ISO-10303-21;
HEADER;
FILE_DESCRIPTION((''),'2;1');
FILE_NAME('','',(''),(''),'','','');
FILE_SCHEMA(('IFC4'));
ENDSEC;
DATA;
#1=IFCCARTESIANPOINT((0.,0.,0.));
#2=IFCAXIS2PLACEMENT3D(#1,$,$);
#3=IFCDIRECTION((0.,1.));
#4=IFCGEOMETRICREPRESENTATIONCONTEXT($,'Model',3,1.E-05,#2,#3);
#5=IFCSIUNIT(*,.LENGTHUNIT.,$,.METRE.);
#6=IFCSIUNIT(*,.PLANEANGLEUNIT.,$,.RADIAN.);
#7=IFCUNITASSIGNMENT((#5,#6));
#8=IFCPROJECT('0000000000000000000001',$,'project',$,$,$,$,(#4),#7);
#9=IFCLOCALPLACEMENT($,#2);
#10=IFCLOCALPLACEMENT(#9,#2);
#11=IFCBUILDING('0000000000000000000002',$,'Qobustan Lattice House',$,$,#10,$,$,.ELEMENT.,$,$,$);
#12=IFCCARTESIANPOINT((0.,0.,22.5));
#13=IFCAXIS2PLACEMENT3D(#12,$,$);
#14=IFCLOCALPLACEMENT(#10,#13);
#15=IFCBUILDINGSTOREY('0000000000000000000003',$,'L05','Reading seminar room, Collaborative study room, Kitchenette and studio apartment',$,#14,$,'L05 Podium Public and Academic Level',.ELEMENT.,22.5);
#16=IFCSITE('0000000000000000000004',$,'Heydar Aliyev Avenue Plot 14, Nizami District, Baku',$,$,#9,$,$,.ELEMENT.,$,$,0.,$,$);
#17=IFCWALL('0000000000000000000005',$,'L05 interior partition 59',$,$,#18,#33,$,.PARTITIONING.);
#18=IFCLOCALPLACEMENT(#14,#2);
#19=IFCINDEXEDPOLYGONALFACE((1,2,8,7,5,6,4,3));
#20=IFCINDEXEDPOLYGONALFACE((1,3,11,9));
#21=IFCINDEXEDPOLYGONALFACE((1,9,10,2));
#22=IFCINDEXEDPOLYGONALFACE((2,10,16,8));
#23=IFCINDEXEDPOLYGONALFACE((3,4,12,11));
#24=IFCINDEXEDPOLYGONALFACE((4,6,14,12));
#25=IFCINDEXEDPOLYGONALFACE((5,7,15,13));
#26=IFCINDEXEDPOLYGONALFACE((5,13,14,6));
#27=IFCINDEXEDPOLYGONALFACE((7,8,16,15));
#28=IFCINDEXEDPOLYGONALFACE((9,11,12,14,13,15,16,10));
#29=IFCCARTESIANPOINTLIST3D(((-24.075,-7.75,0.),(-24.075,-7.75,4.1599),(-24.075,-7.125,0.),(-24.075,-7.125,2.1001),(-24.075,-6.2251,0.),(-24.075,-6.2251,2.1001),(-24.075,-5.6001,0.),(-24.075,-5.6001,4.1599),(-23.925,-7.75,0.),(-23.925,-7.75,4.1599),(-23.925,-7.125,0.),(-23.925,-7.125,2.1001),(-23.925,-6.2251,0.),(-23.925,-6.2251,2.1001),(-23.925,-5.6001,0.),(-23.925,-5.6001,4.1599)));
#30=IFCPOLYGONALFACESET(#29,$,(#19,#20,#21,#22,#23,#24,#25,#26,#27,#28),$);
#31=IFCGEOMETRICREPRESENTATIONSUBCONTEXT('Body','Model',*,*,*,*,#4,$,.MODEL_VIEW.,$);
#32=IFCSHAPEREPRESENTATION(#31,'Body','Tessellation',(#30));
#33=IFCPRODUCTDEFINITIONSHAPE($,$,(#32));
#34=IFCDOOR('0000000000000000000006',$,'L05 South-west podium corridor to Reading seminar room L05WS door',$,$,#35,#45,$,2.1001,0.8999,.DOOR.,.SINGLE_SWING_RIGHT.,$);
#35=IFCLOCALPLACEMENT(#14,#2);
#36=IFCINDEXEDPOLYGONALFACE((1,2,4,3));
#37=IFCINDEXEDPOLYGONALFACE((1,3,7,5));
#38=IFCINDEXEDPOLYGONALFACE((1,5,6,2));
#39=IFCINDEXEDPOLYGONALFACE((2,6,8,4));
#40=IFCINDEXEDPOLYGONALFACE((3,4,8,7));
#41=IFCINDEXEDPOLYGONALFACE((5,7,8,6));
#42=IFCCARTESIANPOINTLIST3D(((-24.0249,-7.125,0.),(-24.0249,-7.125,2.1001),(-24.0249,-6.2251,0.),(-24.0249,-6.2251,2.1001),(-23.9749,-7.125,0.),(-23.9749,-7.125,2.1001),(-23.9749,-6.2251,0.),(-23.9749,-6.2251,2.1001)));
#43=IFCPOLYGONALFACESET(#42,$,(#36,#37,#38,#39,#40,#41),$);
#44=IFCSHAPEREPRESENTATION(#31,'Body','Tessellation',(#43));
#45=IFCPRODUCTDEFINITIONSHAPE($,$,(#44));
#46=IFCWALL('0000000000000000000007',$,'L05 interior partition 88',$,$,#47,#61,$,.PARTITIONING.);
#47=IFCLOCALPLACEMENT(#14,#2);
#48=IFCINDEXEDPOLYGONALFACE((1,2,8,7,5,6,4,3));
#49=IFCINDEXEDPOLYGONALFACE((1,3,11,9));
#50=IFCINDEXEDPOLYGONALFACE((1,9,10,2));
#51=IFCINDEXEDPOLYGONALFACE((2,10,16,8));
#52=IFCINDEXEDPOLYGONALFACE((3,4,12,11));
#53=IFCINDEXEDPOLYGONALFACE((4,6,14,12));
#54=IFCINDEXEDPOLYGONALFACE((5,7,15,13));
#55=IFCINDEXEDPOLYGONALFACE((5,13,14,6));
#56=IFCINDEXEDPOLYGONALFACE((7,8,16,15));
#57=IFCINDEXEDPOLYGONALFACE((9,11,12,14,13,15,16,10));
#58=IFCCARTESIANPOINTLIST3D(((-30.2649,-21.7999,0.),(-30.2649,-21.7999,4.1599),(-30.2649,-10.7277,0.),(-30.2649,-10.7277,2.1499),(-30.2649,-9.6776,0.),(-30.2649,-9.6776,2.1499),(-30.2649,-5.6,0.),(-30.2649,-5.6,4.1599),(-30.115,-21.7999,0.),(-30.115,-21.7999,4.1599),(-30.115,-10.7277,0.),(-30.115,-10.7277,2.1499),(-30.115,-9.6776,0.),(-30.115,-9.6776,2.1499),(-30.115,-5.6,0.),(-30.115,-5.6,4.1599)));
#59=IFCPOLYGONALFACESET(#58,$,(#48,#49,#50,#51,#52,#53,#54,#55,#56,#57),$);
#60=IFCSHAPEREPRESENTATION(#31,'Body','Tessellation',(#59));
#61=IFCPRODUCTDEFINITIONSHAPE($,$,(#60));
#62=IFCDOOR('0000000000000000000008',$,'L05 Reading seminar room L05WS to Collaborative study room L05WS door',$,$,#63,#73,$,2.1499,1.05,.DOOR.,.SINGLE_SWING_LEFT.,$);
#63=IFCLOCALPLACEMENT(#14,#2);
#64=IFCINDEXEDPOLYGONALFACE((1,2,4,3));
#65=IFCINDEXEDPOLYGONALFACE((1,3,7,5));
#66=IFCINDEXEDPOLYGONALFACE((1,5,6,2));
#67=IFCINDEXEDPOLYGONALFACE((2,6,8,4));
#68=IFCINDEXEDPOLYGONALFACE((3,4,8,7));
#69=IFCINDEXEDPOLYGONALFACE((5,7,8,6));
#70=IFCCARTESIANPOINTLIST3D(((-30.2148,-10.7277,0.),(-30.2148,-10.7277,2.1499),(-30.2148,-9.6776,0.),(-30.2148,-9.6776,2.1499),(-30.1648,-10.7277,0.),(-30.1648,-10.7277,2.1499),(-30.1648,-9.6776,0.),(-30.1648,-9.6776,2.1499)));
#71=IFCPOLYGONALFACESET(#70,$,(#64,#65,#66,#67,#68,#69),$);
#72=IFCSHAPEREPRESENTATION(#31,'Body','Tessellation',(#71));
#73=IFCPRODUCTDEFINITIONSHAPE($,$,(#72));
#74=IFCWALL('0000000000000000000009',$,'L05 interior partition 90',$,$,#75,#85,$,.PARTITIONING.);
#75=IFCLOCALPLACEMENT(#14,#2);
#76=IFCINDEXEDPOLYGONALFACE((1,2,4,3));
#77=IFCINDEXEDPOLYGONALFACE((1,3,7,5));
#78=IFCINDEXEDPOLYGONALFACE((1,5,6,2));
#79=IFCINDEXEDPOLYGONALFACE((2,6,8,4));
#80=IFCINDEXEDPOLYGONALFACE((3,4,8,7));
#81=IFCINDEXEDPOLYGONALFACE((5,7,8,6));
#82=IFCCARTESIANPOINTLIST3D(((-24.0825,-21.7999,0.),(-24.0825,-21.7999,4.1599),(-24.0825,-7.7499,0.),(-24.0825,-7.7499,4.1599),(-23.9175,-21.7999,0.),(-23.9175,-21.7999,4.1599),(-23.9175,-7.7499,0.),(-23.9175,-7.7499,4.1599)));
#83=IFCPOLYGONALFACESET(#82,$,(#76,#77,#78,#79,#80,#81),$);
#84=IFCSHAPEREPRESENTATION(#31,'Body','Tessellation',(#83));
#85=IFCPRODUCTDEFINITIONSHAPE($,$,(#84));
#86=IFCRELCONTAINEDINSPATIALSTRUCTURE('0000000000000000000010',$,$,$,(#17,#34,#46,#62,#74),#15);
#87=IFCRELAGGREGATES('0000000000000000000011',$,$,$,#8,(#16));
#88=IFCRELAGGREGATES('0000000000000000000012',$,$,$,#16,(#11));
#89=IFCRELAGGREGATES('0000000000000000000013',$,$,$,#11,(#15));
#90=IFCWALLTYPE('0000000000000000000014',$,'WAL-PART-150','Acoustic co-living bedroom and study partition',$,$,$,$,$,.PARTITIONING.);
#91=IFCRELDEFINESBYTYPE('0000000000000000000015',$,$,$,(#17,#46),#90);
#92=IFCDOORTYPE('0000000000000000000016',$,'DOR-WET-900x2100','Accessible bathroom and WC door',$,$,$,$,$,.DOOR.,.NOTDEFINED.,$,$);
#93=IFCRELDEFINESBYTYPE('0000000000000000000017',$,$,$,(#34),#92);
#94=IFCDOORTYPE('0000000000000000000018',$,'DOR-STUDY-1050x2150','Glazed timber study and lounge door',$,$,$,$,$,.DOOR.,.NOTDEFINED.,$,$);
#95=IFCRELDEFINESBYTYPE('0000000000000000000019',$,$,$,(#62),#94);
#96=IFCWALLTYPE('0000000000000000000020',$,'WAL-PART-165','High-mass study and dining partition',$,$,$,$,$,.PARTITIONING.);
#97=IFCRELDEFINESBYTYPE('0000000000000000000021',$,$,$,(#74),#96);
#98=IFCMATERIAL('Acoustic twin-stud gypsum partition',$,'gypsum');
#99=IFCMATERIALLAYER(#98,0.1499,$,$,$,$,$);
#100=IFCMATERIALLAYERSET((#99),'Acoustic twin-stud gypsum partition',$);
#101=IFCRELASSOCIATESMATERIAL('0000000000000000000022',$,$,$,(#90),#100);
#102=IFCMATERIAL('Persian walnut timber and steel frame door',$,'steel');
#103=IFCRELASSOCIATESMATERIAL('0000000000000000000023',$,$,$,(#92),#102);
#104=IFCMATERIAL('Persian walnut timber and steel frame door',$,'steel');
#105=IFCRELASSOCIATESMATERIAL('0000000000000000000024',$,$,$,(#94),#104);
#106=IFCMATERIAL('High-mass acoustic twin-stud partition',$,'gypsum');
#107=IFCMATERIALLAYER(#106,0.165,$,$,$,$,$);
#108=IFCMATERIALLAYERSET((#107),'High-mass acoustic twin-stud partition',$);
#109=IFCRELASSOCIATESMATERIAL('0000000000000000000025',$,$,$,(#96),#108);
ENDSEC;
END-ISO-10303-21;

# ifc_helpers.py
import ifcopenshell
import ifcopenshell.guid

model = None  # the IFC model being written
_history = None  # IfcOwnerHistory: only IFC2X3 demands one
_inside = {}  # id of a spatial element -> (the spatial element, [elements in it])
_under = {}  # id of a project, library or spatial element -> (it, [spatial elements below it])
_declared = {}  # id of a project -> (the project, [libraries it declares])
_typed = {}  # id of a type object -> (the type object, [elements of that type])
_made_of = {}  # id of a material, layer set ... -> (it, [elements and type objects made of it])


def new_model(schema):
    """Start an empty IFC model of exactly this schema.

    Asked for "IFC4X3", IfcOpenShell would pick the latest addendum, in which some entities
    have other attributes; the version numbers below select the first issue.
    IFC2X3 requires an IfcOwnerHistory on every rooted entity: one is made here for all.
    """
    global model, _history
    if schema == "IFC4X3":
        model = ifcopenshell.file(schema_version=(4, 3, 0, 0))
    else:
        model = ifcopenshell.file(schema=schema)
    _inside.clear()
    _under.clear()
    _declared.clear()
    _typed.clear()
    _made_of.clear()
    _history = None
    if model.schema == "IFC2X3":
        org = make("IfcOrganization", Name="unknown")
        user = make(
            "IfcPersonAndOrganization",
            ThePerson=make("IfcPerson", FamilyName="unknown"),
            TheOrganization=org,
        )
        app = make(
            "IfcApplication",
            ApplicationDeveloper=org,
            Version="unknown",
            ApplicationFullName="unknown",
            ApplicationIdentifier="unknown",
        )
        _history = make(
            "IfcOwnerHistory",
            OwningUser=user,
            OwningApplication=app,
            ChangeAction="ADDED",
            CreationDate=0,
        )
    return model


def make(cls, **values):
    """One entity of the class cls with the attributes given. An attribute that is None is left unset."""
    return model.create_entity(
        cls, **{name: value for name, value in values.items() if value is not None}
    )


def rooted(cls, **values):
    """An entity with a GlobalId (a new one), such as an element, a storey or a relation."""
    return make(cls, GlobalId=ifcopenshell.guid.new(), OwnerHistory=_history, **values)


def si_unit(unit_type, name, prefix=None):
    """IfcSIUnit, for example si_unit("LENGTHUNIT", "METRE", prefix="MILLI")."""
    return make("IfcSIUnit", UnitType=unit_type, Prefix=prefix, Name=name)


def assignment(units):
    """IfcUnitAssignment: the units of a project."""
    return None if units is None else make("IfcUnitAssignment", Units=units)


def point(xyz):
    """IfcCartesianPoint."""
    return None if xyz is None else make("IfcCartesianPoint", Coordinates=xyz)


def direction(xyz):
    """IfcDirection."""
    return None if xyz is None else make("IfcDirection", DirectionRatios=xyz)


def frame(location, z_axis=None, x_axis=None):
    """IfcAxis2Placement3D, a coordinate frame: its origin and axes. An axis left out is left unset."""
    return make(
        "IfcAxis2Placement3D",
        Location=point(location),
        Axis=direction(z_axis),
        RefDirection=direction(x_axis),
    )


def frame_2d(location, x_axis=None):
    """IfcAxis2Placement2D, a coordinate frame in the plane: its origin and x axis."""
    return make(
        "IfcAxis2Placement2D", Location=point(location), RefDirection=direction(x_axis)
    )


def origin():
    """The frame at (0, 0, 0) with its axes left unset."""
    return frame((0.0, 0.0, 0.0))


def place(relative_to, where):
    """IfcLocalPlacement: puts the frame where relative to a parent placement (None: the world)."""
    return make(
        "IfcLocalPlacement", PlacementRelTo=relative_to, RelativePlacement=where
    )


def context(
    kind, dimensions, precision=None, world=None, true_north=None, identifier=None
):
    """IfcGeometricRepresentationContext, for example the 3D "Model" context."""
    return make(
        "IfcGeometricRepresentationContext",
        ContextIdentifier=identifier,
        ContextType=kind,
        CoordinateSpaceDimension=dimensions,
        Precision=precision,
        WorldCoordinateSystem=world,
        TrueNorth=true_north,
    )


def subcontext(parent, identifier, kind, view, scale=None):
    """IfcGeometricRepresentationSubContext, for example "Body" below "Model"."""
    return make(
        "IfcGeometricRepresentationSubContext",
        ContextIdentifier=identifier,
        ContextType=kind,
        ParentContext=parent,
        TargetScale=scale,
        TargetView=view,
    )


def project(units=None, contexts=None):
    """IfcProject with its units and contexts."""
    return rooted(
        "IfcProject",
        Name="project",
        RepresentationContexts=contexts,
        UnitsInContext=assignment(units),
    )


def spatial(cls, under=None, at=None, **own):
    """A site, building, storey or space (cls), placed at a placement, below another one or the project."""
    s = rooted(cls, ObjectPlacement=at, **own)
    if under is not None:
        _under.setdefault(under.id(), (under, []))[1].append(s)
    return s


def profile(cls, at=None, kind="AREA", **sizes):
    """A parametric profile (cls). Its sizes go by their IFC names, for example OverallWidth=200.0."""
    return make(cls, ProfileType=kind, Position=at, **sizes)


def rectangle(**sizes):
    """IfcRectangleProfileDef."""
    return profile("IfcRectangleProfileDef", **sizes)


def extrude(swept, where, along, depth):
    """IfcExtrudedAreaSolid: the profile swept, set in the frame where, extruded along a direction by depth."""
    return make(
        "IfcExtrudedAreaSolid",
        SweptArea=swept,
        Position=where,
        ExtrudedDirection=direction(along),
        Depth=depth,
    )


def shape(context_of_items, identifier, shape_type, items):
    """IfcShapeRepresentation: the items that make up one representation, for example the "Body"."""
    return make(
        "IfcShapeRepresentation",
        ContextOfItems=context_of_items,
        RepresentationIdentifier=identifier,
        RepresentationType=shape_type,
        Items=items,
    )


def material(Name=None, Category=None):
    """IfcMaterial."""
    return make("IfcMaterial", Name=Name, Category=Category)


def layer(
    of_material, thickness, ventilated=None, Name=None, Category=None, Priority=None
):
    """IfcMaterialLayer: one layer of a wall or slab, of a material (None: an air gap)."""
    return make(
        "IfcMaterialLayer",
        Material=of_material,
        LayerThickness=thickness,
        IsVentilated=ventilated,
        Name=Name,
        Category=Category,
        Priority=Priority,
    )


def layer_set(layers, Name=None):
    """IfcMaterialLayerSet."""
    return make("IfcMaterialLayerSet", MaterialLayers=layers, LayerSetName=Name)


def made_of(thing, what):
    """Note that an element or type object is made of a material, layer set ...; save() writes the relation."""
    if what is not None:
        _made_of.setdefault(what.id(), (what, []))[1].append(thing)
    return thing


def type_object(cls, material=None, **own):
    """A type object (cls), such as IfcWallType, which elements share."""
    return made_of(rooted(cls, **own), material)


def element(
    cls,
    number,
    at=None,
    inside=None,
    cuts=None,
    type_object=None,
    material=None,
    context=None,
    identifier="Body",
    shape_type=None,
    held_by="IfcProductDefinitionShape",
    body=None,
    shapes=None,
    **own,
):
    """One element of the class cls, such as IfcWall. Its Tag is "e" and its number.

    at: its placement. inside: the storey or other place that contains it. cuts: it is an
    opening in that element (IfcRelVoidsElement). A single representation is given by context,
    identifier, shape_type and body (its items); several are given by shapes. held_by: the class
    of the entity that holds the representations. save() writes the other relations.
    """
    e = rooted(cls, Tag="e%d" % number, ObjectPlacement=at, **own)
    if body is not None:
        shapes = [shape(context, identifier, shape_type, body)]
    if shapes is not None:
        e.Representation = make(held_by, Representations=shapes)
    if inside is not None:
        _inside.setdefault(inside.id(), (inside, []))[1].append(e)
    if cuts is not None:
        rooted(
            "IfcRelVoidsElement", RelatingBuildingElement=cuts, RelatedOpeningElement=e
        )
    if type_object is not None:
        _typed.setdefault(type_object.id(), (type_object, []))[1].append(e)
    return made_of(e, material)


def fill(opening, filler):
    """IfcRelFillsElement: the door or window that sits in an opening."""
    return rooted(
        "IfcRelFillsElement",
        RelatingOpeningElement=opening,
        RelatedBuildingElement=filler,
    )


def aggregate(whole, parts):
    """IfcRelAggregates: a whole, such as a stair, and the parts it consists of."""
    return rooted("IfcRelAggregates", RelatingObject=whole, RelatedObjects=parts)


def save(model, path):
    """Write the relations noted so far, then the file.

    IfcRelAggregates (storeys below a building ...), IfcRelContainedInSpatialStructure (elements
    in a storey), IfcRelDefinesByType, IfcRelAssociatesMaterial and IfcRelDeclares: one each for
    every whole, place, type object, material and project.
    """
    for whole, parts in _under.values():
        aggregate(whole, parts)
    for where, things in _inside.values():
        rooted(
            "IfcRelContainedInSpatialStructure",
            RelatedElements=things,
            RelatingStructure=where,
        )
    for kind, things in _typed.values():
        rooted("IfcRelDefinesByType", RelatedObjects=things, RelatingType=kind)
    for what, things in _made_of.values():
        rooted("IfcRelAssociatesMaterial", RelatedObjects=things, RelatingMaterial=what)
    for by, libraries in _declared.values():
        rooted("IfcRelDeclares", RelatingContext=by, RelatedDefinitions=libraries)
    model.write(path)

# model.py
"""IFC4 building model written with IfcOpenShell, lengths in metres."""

from ifc_helpers import new_model, si_unit, direction, frame, frame_2d, origin, place, context, subcontext, project, spatial, rectangle, extrude, material, layer, layer_set, type_object, element, fill, save


model = new_model("IFC4")

# Units and contexts
model_context = context("Model", 3, precision=1e-05, world=origin(), true_north=direction((0.0, 1.0)))
body_context = subcontext(model_context, "Body", "Model", "MODEL_VIEW")
ifc_project = project(units=[si_unit("LENGTHUNIT", "METRE"), si_unit("PLANEANGLEUNIT", "RADIAN")], contexts=[model_context])

# Site, building, storey
site_placement = place(None, origin())
site = spatial("IfcSite", under=ifc_project, at=site_placement, Name="Heydar Aliyev Avenue Plot 14, Nizami District, Baku", CompositionType="ELEMENT", RefElevation=0.0)
building_placement = place(site_placement, origin())
building = spatial("IfcBuilding", under=site, at=building_placement, Name="Qobustan Lattice House", CompositionType="ELEMENT")
storey_placement = place(building_placement, frame((0.0, 0.0, 22.5)))
storey = spatial("IfcBuildingStorey", under=building, at=storey_placement, Name="L05", Description="Reading seminar room, Collaborative study room, Kitchenette and studio apartment", LongName="L05 Podium Public and Academic Level", CompositionType="ELEMENT", Elevation=22.5)

# Walls, openings, doors
ifc_material_1 = material(Name="Acoustic twin-stud gypsum partition", Category="gypsum")
ifc_layer_1 = layer(ifc_material_1, 0.1499)
ifc_layer_set_1 = layer_set([ifc_layer_1], Name="Acoustic twin-stud gypsum partition")
wall_type_1 = type_object("IfcWallType", Name="WAL-PART-150", Description="Acoustic co-living bedroom and study partition", PredefinedType="PARTITIONING", material=ifc_layer_set_1)
wall_1_placement = place(storey_placement, frame((-24.0, -7.75, 0.0), z_axis=(0.0, 0.0, 1.0), x_axis=(0.0, 1.0, 0.0)))
wall_1 = element("IfcWall", 1, at=wall_1_placement, inside=storey, type_object=wall_type_1, Name="L05 interior partition 59", PredefinedType="PARTITIONING", context=body_context, shape_type="SweptSolid", body=[
    extrude(rectangle(XDim=2.1499, YDim=0.1499, at=frame_2d((1.075, 0.0))), origin(), (0.0, 0.0, 1.0), 4.1599),
])
opening_1_placement = place(wall_1_placement, frame((0.625, 0.0, 0.0)))
opening_1 = element("IfcOpeningElement", 2, at=opening_1_placement, cuts=wall_1, PredefinedType="OPENING", context=body_context, shape_type="SweptSolid", body=[
    extrude(rectangle(XDim=0.8999, YDim=2.1001, at=frame_2d((0.45, 1.05))), frame((0.0, 0.085, 0.0), z_axis=(0.0, -1.0, 0.0), x_axis=(1.0, 0.0, 0.0)), (0.0, 0.0, 1.0), 0.1699),
])
ifc_material_2 = material(Name="Persian walnut timber and steel frame door", Category="steel")
door_type_1 = type_object("IfcDoorType", Name="DOR-WET-900x2100", Description="Accessible bathroom and WC door", OperationType="NOTDEFINED", PredefinedType="DOOR", material=ifc_material_2)
door_1_placement = place(opening_1_placement, origin())
door_1 = element("IfcDoor", 3, at=door_1_placement, inside=storey, type_object=door_type_1, Name="L05 South-west podium corridor to Reading seminar room L05WS door", OperationType="SINGLE_SWING_RIGHT", OverallHeight=2.1001, OverallWidth=0.8999, PredefinedType="DOOR", context=body_context, shape_type="SweptSolid", body=[
    extrude(rectangle(XDim=0.8999, YDim=2.1001, at=frame_2d((0.45, 1.05))), frame((0.0, 0.0249, 0.0), z_axis=(0.0, -1.0, 0.0), x_axis=(1.0, 0.0, 0.0)), (0.0, 0.0, 1.0), 0.05),
])
fill(opening_1, door_1)
wall_2_placement = place(storey_placement, frame((-30.1899, -21.8, 0.0), z_axis=(0.0, 0.0, 1.0), x_axis=(0.0, 1.0, 0.0)))
wall_2 = element("IfcWall", 4, at=wall_2_placement, inside=storey, type_object=wall_type_1, Name="L05 interior partition 88", PredefinedType="PARTITIONING", context=body_context, shape_type="SweptSolid", body=[
    extrude(rectangle(XDim=16.2, YDim=0.1499, at=frame_2d((8.1001, 0.0))), origin(), (0.0, 0.0, 1.0), 4.1599),
])
opening_2_placement = place(wall_2_placement, frame((11.0725, 0.0, 0.0)))
opening_2 = element("IfcOpeningElement", 5, at=opening_2_placement, cuts=wall_2, PredefinedType="OPENING", context=body_context, shape_type="SweptSolid", body=[
    extrude(rectangle(XDim=1.05, YDim=2.1499, at=frame_2d((0.5249, 1.075))), frame((0.0, 0.085, 0.0), z_axis=(0.0, -1.0, 0.0), x_axis=(1.0, 0.0, 0.0)), (0.0, 0.0, 1.0), 0.1699),
])
ifc_material_3 = material(Name="Persian walnut timber and steel frame door", Category="steel")
door_type_2 = type_object("IfcDoorType", Name="DOR-STUDY-1050x2150", Description="Glazed timber study and lounge door", OperationType="NOTDEFINED", PredefinedType="DOOR", material=ifc_material_3)
door_2_placement = place(opening_2_placement, origin())
door_2 = element("IfcDoor", 6, at=door_2_placement, inside=storey, type_object=door_type_2, Name="L05 Reading seminar room L05WS to Collaborative study room L05WS door", OperationType="SINGLE_SWING_LEFT", OverallHeight=2.1499, OverallWidth=1.05, PredefinedType="DOOR", context=body_context, shape_type="SweptSolid", body=[
    extrude(rectangle(XDim=1.05, YDim=2.1499, at=frame_2d((0.5249, 1.075))), frame((0.0, 0.0249, 0.0), z_axis=(0.0, -1.0, 0.0), x_axis=(1.0, 0.0, 0.0)), (0.0, 0.0, 1.0), 0.05),
])
fill(opening_2, door_2)

# Wall
ifc_material_4 = material(Name="High-mass acoustic twin-stud partition", Category="gypsum")
ifc_layer_2 = layer(ifc_material_4, 0.165)
ifc_layer_set_2 = layer_set([ifc_layer_2], Name="High-mass acoustic twin-stud partition")
wall_type_2 = type_object("IfcWallType", Name="WAL-PART-165", Description="High-mass study and dining partition", PredefinedType="PARTITIONING", material=ifc_layer_set_2)
wall_3_placement = place(storey_placement, frame((-24.0, -7.75, 0.0), z_axis=(0.0, 0.0, 1.0), x_axis=(0.0, -1.0, 0.0)))
element("IfcWall", 7, at=wall_3_placement, inside=storey, type_object=wall_type_2, Name="L05 interior partition 90", PredefinedType="PARTITIONING", context=body_context, shape_type="SweptSolid", body=[
    extrude(rectangle(XDim=14.05, YDim=0.165, at=frame_2d((7.0249, 0.0))), origin(), (0.0, 0.0, 1.0), 4.1599),
])

save(model, "model.ifc")
